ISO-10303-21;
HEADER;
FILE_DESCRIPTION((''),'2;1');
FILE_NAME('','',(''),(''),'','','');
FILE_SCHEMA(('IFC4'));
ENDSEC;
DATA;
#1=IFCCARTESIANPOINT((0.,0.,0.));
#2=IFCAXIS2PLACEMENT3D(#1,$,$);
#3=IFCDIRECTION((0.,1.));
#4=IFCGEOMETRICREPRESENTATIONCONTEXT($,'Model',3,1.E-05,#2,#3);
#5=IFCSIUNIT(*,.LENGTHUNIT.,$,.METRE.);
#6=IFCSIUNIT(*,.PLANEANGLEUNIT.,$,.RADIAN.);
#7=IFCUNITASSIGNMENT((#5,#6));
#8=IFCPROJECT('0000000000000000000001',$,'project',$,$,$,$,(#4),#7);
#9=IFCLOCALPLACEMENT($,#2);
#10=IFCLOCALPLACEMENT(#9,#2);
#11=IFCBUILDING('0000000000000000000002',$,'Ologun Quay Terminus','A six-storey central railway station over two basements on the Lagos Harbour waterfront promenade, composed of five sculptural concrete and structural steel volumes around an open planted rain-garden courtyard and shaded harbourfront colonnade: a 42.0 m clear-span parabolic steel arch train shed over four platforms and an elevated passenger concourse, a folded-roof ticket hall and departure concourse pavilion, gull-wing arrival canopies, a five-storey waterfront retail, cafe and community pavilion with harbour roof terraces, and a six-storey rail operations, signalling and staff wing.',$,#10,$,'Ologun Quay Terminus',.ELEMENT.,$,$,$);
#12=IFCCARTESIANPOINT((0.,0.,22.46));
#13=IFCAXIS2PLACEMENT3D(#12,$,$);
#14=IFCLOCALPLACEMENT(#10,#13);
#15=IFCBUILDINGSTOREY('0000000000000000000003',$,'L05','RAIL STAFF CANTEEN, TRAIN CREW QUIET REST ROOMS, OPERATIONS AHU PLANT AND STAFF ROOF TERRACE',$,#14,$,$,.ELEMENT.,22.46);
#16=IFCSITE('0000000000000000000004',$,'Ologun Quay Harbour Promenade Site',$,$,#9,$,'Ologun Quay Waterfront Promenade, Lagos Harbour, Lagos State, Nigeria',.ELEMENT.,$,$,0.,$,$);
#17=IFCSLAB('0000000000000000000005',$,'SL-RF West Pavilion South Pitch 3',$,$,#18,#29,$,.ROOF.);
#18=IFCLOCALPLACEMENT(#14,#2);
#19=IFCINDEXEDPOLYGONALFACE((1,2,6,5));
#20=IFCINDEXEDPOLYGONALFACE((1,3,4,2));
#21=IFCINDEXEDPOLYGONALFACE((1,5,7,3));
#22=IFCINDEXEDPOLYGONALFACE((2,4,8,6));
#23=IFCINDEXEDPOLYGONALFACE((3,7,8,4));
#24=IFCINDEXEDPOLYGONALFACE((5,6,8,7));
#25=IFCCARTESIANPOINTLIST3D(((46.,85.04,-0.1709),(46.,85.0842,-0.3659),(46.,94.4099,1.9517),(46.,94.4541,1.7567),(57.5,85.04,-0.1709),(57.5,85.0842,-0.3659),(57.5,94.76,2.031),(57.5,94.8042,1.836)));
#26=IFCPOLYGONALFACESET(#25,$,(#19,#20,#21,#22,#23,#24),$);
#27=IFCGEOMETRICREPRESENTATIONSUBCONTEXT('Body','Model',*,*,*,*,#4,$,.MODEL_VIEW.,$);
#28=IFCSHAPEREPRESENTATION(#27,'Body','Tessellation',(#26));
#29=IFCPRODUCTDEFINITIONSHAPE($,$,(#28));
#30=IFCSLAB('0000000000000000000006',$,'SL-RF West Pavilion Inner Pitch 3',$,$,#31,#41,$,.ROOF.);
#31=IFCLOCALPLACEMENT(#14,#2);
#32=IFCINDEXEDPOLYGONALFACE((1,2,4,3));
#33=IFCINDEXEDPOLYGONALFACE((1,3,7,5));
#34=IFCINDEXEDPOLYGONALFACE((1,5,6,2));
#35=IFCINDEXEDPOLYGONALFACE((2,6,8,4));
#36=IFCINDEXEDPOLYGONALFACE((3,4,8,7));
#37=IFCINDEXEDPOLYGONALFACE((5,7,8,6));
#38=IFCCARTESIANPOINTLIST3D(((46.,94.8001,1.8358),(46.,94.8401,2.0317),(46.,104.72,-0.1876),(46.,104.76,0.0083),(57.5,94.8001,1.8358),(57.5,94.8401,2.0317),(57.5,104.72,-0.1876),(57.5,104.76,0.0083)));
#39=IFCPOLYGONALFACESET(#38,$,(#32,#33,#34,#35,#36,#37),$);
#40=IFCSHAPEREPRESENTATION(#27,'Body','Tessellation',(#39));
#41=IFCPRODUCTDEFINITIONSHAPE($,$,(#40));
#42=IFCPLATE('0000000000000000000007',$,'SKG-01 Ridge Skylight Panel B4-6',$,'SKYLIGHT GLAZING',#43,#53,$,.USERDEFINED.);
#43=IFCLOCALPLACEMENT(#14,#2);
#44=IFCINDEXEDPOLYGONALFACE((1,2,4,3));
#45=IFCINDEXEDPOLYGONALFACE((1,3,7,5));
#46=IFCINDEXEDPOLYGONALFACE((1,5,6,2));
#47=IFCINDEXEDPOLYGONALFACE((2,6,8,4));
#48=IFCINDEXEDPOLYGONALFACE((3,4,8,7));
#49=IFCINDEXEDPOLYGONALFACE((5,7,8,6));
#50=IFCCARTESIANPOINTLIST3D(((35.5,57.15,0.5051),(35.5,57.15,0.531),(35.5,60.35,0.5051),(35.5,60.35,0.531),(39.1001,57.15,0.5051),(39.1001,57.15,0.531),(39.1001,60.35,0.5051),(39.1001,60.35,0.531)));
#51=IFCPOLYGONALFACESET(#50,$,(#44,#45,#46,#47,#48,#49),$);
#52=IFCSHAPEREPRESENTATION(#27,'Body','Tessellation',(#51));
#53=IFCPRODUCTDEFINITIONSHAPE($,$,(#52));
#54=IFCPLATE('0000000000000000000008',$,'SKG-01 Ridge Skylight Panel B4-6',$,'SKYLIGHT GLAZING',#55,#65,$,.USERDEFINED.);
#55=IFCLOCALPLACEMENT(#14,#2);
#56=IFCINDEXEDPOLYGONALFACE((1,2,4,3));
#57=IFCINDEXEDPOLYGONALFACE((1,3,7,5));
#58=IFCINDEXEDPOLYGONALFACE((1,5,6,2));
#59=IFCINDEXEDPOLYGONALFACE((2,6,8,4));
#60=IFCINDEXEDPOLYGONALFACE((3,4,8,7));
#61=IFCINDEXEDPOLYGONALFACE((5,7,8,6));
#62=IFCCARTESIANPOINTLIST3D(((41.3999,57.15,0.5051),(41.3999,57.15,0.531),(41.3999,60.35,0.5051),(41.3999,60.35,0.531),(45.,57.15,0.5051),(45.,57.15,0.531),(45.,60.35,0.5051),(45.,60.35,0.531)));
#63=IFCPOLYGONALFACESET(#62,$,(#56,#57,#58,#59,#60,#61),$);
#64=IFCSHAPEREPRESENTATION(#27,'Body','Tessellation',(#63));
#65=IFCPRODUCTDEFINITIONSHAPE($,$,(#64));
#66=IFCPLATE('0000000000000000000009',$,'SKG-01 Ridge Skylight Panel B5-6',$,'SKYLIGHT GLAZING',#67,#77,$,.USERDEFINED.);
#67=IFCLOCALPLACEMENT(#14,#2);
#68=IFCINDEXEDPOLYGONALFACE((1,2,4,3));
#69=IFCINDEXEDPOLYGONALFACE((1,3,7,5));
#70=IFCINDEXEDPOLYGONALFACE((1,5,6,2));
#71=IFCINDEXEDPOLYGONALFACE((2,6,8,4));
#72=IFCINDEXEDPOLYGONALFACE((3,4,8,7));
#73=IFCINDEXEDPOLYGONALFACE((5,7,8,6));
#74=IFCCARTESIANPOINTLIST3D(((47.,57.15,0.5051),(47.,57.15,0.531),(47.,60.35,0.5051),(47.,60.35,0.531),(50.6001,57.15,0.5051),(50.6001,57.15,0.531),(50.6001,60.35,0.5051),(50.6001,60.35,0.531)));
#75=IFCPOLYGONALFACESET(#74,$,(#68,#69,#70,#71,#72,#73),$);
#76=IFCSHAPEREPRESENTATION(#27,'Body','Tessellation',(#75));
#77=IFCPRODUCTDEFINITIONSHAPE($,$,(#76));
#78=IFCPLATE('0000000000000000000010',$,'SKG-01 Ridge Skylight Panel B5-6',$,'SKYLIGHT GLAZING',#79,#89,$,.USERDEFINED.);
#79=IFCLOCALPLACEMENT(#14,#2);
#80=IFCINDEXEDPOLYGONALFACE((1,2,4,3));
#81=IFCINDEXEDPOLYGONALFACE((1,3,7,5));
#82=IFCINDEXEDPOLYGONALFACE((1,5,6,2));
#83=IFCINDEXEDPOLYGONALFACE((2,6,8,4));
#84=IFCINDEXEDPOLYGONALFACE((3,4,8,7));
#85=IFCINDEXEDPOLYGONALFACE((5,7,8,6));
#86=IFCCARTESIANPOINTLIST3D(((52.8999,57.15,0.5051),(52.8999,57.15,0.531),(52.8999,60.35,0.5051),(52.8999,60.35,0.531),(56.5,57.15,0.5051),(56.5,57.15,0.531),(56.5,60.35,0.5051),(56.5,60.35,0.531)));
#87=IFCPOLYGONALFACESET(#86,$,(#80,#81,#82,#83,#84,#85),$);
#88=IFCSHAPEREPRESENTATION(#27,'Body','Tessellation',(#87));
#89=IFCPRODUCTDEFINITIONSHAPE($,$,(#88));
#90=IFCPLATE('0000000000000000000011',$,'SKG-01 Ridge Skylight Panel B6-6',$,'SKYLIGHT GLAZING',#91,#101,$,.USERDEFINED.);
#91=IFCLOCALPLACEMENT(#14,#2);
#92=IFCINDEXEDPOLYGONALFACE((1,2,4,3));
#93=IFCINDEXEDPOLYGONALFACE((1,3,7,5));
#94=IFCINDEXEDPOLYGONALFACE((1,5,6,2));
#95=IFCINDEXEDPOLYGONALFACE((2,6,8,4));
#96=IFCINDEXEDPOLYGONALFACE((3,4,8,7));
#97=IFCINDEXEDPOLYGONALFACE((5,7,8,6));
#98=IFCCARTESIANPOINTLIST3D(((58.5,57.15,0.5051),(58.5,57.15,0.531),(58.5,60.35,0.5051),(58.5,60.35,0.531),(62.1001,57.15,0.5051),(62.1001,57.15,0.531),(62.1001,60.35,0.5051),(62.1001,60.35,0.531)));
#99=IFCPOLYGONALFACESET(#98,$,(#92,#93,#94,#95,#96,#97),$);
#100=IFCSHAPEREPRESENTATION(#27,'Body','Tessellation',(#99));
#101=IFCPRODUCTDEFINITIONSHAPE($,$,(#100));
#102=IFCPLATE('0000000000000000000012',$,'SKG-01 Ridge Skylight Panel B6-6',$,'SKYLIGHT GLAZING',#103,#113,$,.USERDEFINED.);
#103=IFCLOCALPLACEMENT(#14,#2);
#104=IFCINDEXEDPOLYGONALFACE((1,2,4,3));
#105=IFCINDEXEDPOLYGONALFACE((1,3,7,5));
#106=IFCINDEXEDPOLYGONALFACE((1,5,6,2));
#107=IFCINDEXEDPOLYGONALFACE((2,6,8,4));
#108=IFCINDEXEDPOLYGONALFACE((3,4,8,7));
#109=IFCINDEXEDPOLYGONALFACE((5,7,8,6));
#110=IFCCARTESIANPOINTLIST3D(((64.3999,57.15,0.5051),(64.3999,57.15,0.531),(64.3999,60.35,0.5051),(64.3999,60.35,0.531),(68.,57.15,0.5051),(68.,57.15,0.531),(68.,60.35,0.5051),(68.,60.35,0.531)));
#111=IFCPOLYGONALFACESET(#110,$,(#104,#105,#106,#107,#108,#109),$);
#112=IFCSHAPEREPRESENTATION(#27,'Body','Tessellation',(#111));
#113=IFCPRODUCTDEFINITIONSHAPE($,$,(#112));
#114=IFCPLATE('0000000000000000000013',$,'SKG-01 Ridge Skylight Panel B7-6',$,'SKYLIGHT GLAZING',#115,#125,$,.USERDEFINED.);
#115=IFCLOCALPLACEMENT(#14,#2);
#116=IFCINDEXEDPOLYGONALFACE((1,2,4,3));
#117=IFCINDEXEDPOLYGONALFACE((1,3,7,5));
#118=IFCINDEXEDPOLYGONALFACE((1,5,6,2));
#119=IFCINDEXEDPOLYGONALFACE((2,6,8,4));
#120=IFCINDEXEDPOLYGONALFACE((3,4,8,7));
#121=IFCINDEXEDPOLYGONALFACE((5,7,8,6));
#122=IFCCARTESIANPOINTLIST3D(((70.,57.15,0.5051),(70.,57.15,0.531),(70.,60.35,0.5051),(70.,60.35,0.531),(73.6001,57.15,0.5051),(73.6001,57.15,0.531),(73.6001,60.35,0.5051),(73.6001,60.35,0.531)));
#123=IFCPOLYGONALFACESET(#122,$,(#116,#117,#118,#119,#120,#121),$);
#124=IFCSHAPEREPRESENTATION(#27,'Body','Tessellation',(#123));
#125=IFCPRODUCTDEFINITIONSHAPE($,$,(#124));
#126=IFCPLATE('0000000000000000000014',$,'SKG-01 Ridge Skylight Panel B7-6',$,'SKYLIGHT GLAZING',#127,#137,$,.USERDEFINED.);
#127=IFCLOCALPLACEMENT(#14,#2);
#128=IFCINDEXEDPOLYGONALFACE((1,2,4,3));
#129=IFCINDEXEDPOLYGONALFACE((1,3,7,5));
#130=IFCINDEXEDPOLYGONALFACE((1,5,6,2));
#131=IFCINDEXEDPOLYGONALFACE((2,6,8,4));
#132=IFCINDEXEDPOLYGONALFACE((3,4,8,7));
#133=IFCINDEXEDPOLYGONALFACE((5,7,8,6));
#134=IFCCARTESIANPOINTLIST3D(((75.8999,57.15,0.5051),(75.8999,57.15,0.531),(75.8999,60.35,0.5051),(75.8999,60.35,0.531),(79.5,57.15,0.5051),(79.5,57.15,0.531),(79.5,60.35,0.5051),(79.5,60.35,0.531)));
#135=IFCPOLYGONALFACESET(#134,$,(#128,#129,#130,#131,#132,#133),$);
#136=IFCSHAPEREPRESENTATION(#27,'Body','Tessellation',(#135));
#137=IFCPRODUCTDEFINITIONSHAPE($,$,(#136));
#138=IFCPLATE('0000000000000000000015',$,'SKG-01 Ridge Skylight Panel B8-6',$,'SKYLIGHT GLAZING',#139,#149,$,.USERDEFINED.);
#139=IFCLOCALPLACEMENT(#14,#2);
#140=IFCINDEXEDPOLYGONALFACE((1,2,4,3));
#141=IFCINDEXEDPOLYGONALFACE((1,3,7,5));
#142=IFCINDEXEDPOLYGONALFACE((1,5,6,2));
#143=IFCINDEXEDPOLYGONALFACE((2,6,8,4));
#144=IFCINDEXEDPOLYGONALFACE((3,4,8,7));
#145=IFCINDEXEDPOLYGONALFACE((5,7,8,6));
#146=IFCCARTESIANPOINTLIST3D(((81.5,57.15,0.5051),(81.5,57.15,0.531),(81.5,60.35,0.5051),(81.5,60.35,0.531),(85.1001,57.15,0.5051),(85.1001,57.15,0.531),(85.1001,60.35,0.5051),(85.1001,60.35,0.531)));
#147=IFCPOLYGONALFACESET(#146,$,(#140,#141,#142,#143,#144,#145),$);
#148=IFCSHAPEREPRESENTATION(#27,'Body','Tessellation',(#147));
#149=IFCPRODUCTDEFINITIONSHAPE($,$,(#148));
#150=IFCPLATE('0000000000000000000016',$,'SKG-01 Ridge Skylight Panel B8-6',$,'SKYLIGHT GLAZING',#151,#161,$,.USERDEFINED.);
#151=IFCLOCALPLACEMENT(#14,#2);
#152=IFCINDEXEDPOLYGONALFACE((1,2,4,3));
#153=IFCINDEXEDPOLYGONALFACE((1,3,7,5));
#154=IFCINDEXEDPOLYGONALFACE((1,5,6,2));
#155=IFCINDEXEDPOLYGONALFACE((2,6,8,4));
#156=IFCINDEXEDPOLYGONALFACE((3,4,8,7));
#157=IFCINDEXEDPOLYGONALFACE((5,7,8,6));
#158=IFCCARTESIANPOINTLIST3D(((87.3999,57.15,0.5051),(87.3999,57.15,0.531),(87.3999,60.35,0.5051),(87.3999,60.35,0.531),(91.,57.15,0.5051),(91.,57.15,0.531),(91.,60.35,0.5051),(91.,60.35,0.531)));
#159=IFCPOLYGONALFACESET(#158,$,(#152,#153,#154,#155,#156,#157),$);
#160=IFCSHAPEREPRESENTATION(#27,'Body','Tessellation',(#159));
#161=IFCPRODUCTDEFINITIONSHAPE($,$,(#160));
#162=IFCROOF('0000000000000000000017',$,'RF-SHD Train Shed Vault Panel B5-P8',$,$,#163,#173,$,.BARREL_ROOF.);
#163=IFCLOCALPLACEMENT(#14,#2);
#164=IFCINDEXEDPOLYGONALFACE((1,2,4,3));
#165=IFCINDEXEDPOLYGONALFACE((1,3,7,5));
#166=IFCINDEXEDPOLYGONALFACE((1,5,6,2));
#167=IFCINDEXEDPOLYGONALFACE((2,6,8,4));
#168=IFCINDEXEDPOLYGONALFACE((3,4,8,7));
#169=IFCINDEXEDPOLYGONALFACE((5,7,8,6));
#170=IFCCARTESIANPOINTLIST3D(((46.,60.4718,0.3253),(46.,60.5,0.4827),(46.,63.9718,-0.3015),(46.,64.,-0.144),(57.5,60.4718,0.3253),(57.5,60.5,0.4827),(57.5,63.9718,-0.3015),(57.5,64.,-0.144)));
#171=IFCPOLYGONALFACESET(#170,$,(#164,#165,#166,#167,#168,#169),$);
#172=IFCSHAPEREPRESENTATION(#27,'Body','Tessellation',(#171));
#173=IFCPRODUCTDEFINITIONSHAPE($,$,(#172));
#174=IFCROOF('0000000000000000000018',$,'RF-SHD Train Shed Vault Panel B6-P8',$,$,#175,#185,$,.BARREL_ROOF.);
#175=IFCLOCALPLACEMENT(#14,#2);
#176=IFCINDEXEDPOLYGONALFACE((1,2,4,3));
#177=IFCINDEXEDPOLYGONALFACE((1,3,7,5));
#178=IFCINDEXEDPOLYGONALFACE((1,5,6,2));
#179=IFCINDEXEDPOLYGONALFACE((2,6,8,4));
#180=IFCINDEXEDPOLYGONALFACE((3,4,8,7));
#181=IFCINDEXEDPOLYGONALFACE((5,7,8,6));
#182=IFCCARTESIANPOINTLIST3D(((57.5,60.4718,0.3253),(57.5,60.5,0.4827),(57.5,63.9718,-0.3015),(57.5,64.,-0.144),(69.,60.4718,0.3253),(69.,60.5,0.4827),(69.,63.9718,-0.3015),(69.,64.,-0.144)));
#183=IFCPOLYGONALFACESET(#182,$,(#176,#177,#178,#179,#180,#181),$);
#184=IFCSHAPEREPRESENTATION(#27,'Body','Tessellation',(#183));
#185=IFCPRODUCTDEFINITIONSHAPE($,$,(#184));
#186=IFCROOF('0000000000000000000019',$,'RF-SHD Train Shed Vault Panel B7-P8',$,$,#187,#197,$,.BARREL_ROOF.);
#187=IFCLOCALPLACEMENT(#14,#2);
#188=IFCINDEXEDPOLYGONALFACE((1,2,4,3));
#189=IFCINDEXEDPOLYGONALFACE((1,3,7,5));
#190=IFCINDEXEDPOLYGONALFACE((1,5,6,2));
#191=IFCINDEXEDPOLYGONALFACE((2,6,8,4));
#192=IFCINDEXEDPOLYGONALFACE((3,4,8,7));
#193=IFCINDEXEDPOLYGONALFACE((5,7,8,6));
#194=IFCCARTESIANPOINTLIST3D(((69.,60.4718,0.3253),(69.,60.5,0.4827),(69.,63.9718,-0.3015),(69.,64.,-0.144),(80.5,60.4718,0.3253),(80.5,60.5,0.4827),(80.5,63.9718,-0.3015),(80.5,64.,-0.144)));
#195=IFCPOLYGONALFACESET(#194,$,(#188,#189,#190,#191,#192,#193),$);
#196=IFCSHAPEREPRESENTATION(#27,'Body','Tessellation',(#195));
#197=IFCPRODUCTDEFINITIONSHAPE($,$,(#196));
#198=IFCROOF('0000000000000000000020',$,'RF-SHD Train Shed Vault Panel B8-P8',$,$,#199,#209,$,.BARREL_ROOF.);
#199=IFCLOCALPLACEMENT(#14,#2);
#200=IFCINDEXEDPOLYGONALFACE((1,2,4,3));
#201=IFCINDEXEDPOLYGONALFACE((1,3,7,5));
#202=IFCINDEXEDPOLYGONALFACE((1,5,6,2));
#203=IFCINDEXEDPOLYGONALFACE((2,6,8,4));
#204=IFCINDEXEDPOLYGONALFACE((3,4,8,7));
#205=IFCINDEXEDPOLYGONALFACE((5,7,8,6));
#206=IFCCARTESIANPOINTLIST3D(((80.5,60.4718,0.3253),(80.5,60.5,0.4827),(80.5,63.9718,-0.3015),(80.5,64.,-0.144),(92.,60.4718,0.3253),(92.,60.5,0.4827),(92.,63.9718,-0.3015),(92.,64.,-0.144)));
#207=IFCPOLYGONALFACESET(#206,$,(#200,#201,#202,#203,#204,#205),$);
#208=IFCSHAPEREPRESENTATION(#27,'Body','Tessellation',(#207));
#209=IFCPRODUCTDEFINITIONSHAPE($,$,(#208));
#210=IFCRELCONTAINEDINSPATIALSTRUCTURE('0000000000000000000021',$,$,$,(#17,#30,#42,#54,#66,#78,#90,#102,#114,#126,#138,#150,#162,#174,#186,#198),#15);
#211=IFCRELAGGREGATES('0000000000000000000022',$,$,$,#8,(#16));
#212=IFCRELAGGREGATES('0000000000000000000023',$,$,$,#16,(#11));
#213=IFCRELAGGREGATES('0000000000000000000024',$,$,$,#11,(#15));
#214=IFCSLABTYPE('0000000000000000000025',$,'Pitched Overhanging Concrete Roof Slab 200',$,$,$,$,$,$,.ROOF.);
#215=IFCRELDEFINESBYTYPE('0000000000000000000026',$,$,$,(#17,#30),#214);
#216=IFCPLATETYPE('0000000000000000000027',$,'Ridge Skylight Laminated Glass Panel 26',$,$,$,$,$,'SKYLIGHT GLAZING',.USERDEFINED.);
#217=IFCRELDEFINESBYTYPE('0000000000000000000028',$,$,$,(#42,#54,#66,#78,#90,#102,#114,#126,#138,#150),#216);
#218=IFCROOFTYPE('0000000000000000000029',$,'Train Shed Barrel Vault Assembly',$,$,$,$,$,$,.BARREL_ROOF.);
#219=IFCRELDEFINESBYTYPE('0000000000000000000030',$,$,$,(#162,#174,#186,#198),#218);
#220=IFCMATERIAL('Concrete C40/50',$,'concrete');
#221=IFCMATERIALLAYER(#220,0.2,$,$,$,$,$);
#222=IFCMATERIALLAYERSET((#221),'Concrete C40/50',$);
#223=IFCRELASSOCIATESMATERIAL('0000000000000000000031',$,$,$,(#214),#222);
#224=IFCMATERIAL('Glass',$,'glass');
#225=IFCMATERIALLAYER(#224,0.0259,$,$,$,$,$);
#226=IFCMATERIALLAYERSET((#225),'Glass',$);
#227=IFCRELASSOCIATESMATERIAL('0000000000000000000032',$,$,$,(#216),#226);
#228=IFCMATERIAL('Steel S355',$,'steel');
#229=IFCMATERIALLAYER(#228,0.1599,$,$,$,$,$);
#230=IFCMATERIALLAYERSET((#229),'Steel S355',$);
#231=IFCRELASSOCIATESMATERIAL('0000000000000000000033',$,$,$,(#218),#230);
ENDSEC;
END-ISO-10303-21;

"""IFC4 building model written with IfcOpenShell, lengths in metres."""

from ifc_helpers import new_model, si_unit, direction, frame, origin, origin_2d, place, context, subcontext, project, spatial, polyline, rectangle, outline, extrude, material, layer, layer_set, type_object, element, save


model = new_model("IFC4")

# Units and contexts
model_context = context("Model", 3, precision=1e-05, world=origin(), true_north=direction((0.0, 1.0)))
body_context = subcontext(model_context, "Body", "Model", "MODEL_VIEW")
ifc_project = project(units=[si_unit("LENGTHUNIT", "METRE"), si_unit("PLANEANGLEUNIT", "RADIAN")], contexts=[model_context])

# Site, building, storey
site_placement = place(None, origin())
site = spatial("IfcSite", under=ifc_project, at=site_placement, Name="Ologun Quay Harbour Promenade Site", LongName="Ologun Quay Waterfront Promenade, Lagos Harbour, Lagos State, Nigeria", CompositionType="ELEMENT", RefElevation=0.0)
building_placement = place(site_placement, origin())
building = spatial("IfcBuilding", under=site, at=building_placement, Name="Ologun Quay Terminus", Description="A six-storey central railway station over two basements on the Lagos Harbour waterfront promenade, composed of five sculptural concrete and structural steel volumes around an open planted rain-garden courtyard and shaded harbourfront colonnade: a 42.0 m clear-span parabolic steel arch train shed over four platforms and an elevated passenger concourse, a folded-roof ticket hall and departure concourse pavilion, gull-wing arrival canopies, a five-storey waterfront retail, cafe and community pavilion with harbour roof terraces, and a six-storey rail operations, signalling and staff wing.", LongName="Ologun Quay Terminus", CompositionType="ELEMENT")
storey_placement = place(building_placement, frame((0.0, 0.0, 22.46)))
storey = spatial("IfcBuildingStorey", under=building, at=storey_placement, Name="L05", Description="RAIL STAFF CANTEEN, TRAIN CREW QUIET REST ROOMS, OPERATIONS AHU PLANT AND STAFF ROOF TERRACE", CompositionType="ELEMENT", Elevation=22.46)

# Slabs
ifc_material_1 = material(Name="Concrete C40/50", Category="concrete")
ifc_layer_1 = layer(ifc_material_1, 0.2)
ifc_layer_set_1 = layer_set([ifc_layer_1], Name="Concrete C40/50")
slab_type = type_object("IfcSlabType", Name="Pitched Overhanging Concrete Roof Slab 200", PredefinedType="ROOF", material=ifc_layer_set_1)
slab_1_placement = place(storey_placement, frame((46.0, 85.04, -0.1709), z_axis=(-0.000002, -0.220934, 0.975289), x_axis=(1.0, 0.0, 0.000002)))
element("IfcSlab", 1, at=slab_1_placement, inside=storey, type_object=slab_type, Name="SL-RF West Pavilion South Pitch 3", PredefinedType="ROOF", context=body_context, shape_type="SweptSolid", body=[
    extrude(outline(polyline([(0.0, 0.0), (11.5, 0.0), (11.5, 9.9663), (0.0, 9.6073), (0.0, 0.0)])), origin(), (0.0, 0.0, -1.0), 0.2),
])
slab_2_placement = place(storey_placement, frame((46.0, 94.8401, 2.0317), z_axis=(0.0, 0.199862, 0.979824), x_axis=(1.0, 0.0, 0.0)))
element("IfcSlab", 2, at=slab_2_placement, inside=storey, type_object=slab_type, Name="SL-RF West Pavilion Inner Pitch 3", PredefinedType="ROOF", context=body_context, shape_type="SweptSolid", body=[
    extrude(outline(polyline([(0.0, 0.0), (11.5, 0.0), (11.5, 10.1242), (0.0, 10.1242), (0.0, 0.0)])), origin(), (0.0, 0.0, -1.0), 0.2),
])

# Plates
ifc_material_2 = material(Name="Glass", Category="glass")
ifc_layer_2 = layer(ifc_material_2, 0.0259)
ifc_layer_set_2 = layer_set([ifc_layer_2], Name="Glass")
plate_type = type_object("IfcPlateType", Name="Ridge Skylight Laminated Glass Panel 26", ElementType="SKYLIGHT GLAZING", PredefinedType="USERDEFINED", material=ifc_layer_set_2)
for number, where, z_axis, x_axis, name in (
    (3, (37.3, 58.75, 0.5051), (0.0, 0.0, 1.0), (1.0, 0.0, 0.0), "SKG-01 Ridge Skylight Panel B4-6"),
    (4, (43.2, 58.75, 0.5051), (0.0, 0.0, 1.0), (1.0, 0.0, 0.0), "SKG-01 Ridge Skylight Panel B4-6"),
    (5, (48.8, 58.75, 0.5051), (0.0, 0.0, 1.0), (1.0, 0.0, 0.0), "SKG-01 Ridge Skylight Panel B5-6"),
    (6, (54.7, 58.75, 0.5051), (0.0, 0.0, 1.0), (1.0, 0.0, 0.0), "SKG-01 Ridge Skylight Panel B5-6"),
    (7, (60.3, 58.75, 0.5051), (0.0, 0.0, 1.0), (1.0, 0.0, 0.0), "SKG-01 Ridge Skylight Panel B6-6"),
    (8, (66.2, 58.75, 0.5051), (0.0, 0.0, 1.0), (1.0, 0.0, 0.0), "SKG-01 Ridge Skylight Panel B6-6"),
    (9, (71.8, 58.75, 0.5051), (0.0, 0.0, 1.0), (1.0, 0.0, 0.0), "SKG-01 Ridge Skylight Panel B7-6"),
    (10, (77.7, 58.75, 0.5051), (0.0, 0.0, 1.0), (1.0, 0.0, 0.0), "SKG-01 Ridge Skylight Panel B7-6"),
    (11, (83.3, 58.75, 0.5051), (0.0, 0.0, 1.0), (1.0, 0.0, 0.0), "SKG-01 Ridge Skylight Panel B8-6"),
    (12, (89.2, 58.75, 0.5051), (0.0, 0.0, 1.0), (1.0, 0.0, 0.0), "SKG-01 Ridge Skylight Panel B8-6"),
):
    element("IfcPlate", number, at=place(storey_placement, frame(where, z_axis=z_axis, x_axis=x_axis)), inside=storey, type_object=plate_type, Name=name, ObjectType="SKYLIGHT GLAZING", PredefinedType="USERDEFINED", context=body_context, shape_type="SweptSolid", body=[
        extrude(rectangle(XDim=3.6001, YDim=3.2, at=origin_2d()), origin(), (0.0, 0.0, 1.0), 0.0259),
    ])

# Roofs
ifc_material_3 = material(Name="Steel S355", Category="steel")
ifc_layer_3 = layer(ifc_material_3, 0.1599)
ifc_layer_set_3 = layer_set([ifc_layer_3], Name="Steel S355")
roof_type = type_object("IfcRoofType", Name="Train Shed Barrel Vault Assembly", PredefinedType="BARREL_ROOF", material=ifc_layer_set_3)
for number, where, z_axis, x_axis, name in (
    (13, (46.0, 60.5, 0.4827), (0.0, 0.176256, 0.984344), (1.0, 0.0, 0.0), "RF-SHD Train Shed Vault Panel B5-P8"),
    (14, (57.5, 60.5, 0.4827), (0.0, 0.176256, 0.984344), (1.0, 0.0, 0.0), "RF-SHD Train Shed Vault Panel B6-P8"),
    (15, (69.0, 60.5, 0.4827), (0.0, 0.176256, 0.984344), (1.0, 0.0, 0.0), "RF-SHD Train Shed Vault Panel B7-P8"),
    (16, (80.5, 60.5, 0.4827), (0.0, 0.176256, 0.984344), (1.0, 0.0, 0.0), "RF-SHD Train Shed Vault Panel B8-P8"),
):
    element("IfcRoof", number, at=place(storey_placement, frame(where, z_axis=z_axis, x_axis=x_axis)), inside=storey, type_object=roof_type, Name=name, PredefinedType="BARREL_ROOF", context=body_context, shape_type="SweptSolid", body=[
        extrude(outline(polyline([(0.0, 0.0), (11.5, 0.0), (11.5, 3.5557), (0.0, 3.5557), (0.0, 0.0)])), origin(), (0.0, 0.0, -1.0), 0.1599),
    ])

save(model, "model.ifc")
